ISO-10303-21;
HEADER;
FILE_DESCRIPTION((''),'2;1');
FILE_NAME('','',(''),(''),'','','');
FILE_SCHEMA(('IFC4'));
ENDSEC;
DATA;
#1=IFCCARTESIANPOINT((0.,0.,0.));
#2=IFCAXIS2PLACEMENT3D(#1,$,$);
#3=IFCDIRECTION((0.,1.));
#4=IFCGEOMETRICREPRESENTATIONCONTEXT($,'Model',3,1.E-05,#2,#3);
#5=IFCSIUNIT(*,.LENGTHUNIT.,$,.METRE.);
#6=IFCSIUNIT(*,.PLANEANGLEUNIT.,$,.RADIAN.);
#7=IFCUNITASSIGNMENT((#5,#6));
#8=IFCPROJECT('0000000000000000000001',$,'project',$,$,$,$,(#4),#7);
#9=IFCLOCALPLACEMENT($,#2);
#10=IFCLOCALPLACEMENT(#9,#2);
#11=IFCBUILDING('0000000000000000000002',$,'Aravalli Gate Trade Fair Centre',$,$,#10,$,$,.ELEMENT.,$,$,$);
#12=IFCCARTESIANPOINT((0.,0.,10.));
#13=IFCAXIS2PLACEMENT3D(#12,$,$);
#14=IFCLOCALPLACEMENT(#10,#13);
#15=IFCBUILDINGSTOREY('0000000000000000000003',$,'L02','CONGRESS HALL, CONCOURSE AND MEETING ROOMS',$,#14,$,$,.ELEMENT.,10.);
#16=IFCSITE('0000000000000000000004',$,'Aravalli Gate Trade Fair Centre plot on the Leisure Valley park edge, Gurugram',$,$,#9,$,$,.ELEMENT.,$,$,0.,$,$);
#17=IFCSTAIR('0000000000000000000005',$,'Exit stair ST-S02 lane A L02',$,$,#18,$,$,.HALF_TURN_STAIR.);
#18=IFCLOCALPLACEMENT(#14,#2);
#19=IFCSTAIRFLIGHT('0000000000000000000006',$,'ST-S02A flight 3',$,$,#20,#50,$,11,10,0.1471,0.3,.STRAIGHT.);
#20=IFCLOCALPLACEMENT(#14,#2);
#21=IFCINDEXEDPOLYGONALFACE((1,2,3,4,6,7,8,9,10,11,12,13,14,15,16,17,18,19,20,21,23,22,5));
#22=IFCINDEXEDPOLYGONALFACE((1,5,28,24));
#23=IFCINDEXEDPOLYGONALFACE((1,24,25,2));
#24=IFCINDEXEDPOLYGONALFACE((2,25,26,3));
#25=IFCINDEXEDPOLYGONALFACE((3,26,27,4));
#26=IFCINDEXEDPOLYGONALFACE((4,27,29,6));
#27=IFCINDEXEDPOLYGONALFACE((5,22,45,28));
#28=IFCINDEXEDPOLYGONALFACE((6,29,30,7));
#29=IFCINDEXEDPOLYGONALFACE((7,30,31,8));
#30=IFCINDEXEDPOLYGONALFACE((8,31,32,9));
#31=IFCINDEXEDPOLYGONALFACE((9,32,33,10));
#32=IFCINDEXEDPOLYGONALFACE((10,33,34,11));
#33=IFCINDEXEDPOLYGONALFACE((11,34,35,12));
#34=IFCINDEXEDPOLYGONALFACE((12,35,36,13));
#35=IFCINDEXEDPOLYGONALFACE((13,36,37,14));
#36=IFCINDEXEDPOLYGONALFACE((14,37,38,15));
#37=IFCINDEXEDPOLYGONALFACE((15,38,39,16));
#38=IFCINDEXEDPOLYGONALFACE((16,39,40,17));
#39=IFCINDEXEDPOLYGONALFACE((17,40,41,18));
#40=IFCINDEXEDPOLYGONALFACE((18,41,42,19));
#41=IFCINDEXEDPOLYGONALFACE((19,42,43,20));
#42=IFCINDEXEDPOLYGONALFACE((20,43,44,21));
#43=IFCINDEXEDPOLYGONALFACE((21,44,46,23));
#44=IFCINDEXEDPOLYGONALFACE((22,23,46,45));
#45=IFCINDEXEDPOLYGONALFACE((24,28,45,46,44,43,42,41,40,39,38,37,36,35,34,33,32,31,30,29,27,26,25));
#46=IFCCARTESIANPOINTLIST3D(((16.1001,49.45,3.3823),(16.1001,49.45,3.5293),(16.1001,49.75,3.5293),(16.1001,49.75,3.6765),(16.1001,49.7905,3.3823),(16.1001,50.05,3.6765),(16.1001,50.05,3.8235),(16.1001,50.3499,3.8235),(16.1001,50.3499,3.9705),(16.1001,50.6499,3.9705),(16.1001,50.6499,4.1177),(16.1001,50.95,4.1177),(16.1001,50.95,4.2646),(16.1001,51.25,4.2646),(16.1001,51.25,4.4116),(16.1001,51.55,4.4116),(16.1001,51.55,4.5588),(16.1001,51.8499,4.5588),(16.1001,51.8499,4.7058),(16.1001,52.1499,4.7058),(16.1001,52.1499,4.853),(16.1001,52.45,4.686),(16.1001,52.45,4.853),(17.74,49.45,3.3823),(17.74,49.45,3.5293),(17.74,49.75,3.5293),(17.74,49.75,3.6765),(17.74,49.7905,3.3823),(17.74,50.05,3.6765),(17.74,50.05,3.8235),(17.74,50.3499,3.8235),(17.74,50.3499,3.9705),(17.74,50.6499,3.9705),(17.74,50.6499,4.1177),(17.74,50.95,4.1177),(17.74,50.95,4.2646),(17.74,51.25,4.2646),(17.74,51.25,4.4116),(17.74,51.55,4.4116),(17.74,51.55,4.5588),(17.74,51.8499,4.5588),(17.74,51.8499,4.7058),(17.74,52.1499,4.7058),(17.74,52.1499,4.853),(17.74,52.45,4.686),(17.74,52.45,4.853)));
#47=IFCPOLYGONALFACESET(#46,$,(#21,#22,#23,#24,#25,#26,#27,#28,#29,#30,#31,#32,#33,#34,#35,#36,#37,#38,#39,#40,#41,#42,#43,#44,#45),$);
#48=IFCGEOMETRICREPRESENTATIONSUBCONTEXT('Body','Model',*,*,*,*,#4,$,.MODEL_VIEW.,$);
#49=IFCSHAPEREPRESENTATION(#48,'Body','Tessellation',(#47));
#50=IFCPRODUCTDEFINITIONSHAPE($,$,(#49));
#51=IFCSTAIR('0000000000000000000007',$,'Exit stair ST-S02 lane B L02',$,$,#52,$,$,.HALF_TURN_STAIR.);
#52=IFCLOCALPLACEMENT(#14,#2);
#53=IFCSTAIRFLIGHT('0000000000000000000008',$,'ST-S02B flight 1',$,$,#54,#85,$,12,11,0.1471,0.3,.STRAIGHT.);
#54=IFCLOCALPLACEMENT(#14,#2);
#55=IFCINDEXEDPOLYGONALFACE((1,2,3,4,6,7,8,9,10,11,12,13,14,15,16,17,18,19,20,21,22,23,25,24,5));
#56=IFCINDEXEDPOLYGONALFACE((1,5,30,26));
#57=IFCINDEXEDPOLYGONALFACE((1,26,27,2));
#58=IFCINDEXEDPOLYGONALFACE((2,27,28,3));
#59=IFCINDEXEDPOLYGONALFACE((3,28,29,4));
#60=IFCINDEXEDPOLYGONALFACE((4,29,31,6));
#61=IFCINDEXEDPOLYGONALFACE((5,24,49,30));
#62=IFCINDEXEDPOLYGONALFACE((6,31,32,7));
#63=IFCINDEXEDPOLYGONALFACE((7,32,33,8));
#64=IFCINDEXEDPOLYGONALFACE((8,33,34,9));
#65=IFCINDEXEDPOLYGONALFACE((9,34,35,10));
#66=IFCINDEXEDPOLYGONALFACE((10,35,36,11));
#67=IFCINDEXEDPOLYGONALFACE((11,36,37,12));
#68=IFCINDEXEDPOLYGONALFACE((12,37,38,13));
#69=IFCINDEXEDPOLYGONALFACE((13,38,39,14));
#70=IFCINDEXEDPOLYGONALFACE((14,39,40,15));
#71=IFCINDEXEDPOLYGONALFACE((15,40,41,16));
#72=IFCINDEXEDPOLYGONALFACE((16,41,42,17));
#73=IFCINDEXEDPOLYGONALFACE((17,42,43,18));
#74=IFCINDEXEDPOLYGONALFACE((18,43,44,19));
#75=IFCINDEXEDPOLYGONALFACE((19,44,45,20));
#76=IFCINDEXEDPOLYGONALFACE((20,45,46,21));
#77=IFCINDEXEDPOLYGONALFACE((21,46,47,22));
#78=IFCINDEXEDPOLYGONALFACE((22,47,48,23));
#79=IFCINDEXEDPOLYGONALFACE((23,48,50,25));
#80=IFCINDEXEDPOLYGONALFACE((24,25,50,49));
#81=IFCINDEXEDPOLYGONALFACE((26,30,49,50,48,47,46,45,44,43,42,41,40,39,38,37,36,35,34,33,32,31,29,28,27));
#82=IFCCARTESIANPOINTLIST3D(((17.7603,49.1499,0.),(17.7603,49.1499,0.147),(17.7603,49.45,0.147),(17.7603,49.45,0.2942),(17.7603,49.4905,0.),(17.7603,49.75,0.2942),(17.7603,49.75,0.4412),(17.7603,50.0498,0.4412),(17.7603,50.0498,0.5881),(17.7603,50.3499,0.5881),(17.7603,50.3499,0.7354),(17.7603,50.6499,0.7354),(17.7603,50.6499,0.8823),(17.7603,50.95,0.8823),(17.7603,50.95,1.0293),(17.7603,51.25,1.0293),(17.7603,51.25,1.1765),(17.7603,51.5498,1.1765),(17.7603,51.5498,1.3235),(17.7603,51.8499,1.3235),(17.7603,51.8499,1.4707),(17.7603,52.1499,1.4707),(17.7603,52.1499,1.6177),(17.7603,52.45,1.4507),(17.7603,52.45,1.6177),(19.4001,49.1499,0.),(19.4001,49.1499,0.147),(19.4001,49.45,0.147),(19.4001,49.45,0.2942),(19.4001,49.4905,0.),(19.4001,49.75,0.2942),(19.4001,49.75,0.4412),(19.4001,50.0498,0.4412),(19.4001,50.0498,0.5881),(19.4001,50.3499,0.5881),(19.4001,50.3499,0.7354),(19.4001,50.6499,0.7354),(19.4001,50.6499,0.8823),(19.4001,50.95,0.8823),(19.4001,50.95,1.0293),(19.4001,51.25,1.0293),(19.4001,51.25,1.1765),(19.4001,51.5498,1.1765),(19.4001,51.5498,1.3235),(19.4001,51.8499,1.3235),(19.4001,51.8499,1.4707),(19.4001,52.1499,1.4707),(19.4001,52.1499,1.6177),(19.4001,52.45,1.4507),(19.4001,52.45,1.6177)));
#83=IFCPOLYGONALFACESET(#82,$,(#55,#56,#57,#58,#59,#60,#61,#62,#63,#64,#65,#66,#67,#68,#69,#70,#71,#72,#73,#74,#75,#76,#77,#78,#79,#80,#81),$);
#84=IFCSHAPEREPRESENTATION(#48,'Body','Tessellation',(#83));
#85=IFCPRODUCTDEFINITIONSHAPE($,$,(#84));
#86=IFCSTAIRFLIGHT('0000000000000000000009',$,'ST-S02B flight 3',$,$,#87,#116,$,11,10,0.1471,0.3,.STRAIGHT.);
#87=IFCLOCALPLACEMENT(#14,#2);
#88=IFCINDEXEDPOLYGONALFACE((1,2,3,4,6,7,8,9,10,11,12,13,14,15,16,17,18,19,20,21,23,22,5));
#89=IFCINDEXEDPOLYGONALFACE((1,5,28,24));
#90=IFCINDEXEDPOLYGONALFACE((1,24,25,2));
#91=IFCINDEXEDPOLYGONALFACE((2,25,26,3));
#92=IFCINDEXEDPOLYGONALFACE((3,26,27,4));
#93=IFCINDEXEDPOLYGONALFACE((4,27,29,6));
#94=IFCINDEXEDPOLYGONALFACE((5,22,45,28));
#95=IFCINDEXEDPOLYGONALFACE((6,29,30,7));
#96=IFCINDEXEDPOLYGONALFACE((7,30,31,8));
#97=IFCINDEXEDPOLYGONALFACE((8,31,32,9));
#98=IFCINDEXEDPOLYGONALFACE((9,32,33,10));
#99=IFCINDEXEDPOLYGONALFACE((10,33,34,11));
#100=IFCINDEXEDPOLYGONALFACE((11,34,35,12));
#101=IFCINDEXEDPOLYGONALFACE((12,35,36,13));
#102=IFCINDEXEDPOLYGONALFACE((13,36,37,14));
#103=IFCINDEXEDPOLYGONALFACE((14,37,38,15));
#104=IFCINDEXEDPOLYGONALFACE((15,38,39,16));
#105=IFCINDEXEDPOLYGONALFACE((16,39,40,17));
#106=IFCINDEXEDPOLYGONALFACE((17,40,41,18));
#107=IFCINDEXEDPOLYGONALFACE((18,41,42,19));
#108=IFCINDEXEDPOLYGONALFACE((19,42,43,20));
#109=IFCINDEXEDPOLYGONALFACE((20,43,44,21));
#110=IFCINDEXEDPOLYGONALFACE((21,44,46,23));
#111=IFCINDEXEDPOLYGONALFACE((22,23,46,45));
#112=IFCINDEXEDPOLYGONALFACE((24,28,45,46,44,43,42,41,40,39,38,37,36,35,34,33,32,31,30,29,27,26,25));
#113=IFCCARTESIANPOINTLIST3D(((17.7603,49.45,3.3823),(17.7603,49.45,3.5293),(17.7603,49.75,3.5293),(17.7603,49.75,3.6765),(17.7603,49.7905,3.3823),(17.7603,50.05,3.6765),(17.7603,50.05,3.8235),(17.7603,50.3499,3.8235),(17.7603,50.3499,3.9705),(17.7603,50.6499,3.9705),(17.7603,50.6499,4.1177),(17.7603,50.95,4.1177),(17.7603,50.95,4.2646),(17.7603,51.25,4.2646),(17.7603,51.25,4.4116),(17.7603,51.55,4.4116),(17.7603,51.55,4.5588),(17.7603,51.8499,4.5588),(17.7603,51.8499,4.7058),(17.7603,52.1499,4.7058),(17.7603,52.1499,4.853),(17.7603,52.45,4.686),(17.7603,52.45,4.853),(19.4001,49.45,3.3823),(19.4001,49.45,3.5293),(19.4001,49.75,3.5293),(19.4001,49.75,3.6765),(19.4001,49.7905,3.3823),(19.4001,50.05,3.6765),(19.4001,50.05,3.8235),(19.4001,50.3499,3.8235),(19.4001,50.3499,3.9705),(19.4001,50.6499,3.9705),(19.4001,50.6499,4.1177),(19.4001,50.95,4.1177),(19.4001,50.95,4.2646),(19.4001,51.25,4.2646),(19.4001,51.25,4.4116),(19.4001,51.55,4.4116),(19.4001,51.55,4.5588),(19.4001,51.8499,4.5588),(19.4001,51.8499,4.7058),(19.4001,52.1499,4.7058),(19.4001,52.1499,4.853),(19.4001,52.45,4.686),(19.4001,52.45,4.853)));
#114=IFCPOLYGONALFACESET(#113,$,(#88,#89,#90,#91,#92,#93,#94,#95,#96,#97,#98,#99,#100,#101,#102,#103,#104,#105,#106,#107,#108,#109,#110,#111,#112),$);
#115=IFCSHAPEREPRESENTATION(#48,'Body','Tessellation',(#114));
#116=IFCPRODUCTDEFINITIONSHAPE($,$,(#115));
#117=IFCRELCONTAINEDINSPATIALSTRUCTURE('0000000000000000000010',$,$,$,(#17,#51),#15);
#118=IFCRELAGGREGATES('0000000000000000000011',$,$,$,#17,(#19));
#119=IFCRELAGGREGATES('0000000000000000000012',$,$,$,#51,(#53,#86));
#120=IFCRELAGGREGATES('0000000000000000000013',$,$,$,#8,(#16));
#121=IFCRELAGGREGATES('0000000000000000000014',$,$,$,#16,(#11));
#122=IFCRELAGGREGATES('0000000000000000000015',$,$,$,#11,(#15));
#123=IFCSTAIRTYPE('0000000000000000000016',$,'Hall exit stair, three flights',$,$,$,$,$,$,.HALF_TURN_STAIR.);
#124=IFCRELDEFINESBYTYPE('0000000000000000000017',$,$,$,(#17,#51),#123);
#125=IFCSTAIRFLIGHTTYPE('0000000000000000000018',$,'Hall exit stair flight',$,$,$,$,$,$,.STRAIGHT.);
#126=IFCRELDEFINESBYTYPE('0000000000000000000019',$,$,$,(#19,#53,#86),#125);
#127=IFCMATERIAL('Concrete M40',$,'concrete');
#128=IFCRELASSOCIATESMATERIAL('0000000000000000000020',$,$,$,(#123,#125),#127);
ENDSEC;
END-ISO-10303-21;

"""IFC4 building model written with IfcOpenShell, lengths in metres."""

from ifc_helpers import new_model, si_unit, direction, frame, origin, place, context, subcontext, project, spatial, polyline, outline, extrude, material, type_object, element, aggregate, save


model = new_model("IFC4")

# Units and contexts
model_context = context("Model", 3, precision=1e-05, world=origin(), true_north=direction((0.0, 1.0)))
body_context = subcontext(model_context, "Body", "Model", "MODEL_VIEW")
ifc_project = project(units=[si_unit("LENGTHUNIT", "METRE"), si_unit("PLANEANGLEUNIT", "RADIAN")], contexts=[model_context])

# Site, building, storey
site_placement = place(None, origin())
site = spatial("IfcSite", under=ifc_project, at=site_placement, Name="Aravalli Gate Trade Fair Centre plot on the Leisure Valley park edge, Gurugram", CompositionType="ELEMENT", RefElevation=0.0)
building_placement = place(site_placement, origin())
building = spatial("IfcBuilding", under=site, at=building_placement, Name="Aravalli Gate Trade Fair Centre", CompositionType="ELEMENT")
storey_placement = place(building_placement, frame((0.0, 0.0, 10.0)))
storey = spatial("IfcBuildingStorey", under=building, at=storey_placement, Name="L02", Description="CONGRESS HALL, CONCOURSE AND MEETING ROOMS", CompositionType="ELEMENT", Elevation=10.0)

# Stairs, stair flights
ifc_material_1 = material(Name="Concrete M40", Category="concrete")
stair_type = type_object("IfcStairType", Name="Hall exit stair, three flights", PredefinedType="HALF_TURN_STAIR", material=ifc_material_1)
stair_1_placement = place(storey_placement, origin())
stair_1 = element("IfcStair", 1, at=stair_1_placement, inside=storey, type_object=stair_type, Name="Exit stair ST-S02 lane A L02", PredefinedType="HALF_TURN_STAIR")
stair_flight_type = type_object("IfcStairFlightType", Name="Hall exit stair flight", PredefinedType="STRAIGHT", material=ifc_material_1)
stair_flight_1_placement = place(storey_placement, frame((16.9199, 49.45, 3.3823), z_axis=(0.0, 0.0, 1.0), x_axis=(0.0, 1.0, 0.0)))
stair_flight_1 = element("IfcStairFlight", 2, at=stair_flight_1_placement, type_object=stair_flight_type, Name="ST-S02A flight 3", NumberOfRisers=11, NumberOfTreads=10, PredefinedType="STRAIGHT", RiserHeight=0.1471, TreadLength=0.3, context=body_context, shape_type="SweptSolid", body=[
    extrude(outline(polyline([(0.0, 0.0), (0.0, 0.147), (0.3, 0.147), (0.3, 0.2942), (0.6001, 0.2942), (0.6001, 0.4412), (0.8999, 0.4412), (0.8999, 0.5881), (1.2, 0.5881), (1.2, 0.7354), (1.5, 0.7354), (1.5, 0.8823), (1.8, 0.8823), (1.8, 1.0293), (2.1001, 1.0293), (2.1001, 1.1765), (2.3999, 1.1765), (2.3999, 1.3235), (2.7, 1.3235), (2.7, 1.4707), (3.0, 1.4707), (3.0, 1.6177), (3.0, 1.3037), (0.3406, 0.0), (0.0, 0.0)])), frame((0.0, 0.8198, 0.0), z_axis=(0.0, -1.0, 0.0), x_axis=(1.0, 0.0, 0.0)), (0.0, 0.0, 1.0), 1.6399),
])
aggregate(stair_1, [stair_flight_1])
stair_2_placement = place(storey_placement, origin())
stair_2 = element("IfcStair", 3, at=stair_2_placement, inside=storey, type_object=stair_type, Name="Exit stair ST-S02 lane B L02", PredefinedType="HALF_TURN_STAIR")
stair_flight_2_placement = place(storey_placement, frame((18.5801, 49.1499, 0.0), z_axis=(0.0, 0.0, 1.0), x_axis=(0.0, 1.0, 0.0)))
stair_flight_2 = element("IfcStairFlight", 4, at=stair_flight_2_placement, type_object=stair_flight_type, Name="ST-S02B flight 1", NumberOfRisers=12, NumberOfTreads=11, PredefinedType="STRAIGHT", RiserHeight=0.1471, TreadLength=0.3, context=body_context, shape_type="SweptSolid", body=[
    extrude(outline(polyline([(0.0, 0.0), (0.0, 0.147), (0.3, 0.147), (0.3, 0.2942), (0.6001, 0.2942), (0.6001, 0.4412), (0.8999, 0.4412), (0.8999, 0.5881), (1.2, 0.5881), (1.2, 0.7354), (1.5, 0.7354), (1.5, 0.8823), (1.8, 0.8823), (1.8, 1.0293), (2.1001, 1.0293), (2.1001, 1.1765), (2.3999, 1.1765), (2.3999, 1.3235), (2.7, 1.3235), (2.7, 1.4707), (3.0, 1.4707), (3.0, 1.6177), (3.3, 1.6177), (3.3, 1.7646), (3.3, 1.4507), (0.3406, 0.0), (0.0, 0.0)])), frame((0.0, 0.8198, 0.0), z_axis=(0.0, -1.0, 0.0), x_axis=(1.0, 0.0, 0.0)), (0.0, 0.0, 1.0), 1.6399),
])
stair_flight_3_placement = place(storey_placement, frame((18.5801, 49.45, 3.3823), z_axis=(0.0, 0.0, 1.0), x_axis=(0.0, 1.0, 0.0)))
stair_flight_3 = element("IfcStairFlight", 5, at=stair_flight_3_placement, type_object=stair_flight_type, Name="ST-S02B flight 3", NumberOfRisers=11, NumberOfTreads=10, PredefinedType="STRAIGHT", RiserHeight=0.1471, TreadLength=0.3, context=body_context, shape_type="SweptSolid", body=[
    extrude(outline(polyline([(0.0, 0.0), (0.0, 0.147), (0.3, 0.147), (0.3, 0.2942), (0.6001, 0.2942), (0.6001, 0.4412), (0.8999, 0.4412), (0.8999, 0.5881), (1.2, 0.5881), (1.2, 0.7354), (1.5, 0.7354), (1.5, 0.8823), (1.8, 0.8823), (1.8, 1.0293), (2.1001, 1.0293), (2.1001, 1.1765), (2.3999, 1.1765), (2.3999, 1.3235), (2.7, 1.3235), (2.7, 1.4707), (3.0, 1.4707), (3.0, 1.6177), (3.0, 1.3037), (0.3406, 0.0), (0.0, 0.0)])), frame((0.0, 0.8198, 0.0), z_axis=(0.0, -1.0, 0.0), x_axis=(1.0, 0.0, 0.0)), (0.0, 0.0, 1.0), 1.6399),
])
aggregate(stair_2, [stair_flight_2, stair_flight_3])

save(model, "model.ifc")
